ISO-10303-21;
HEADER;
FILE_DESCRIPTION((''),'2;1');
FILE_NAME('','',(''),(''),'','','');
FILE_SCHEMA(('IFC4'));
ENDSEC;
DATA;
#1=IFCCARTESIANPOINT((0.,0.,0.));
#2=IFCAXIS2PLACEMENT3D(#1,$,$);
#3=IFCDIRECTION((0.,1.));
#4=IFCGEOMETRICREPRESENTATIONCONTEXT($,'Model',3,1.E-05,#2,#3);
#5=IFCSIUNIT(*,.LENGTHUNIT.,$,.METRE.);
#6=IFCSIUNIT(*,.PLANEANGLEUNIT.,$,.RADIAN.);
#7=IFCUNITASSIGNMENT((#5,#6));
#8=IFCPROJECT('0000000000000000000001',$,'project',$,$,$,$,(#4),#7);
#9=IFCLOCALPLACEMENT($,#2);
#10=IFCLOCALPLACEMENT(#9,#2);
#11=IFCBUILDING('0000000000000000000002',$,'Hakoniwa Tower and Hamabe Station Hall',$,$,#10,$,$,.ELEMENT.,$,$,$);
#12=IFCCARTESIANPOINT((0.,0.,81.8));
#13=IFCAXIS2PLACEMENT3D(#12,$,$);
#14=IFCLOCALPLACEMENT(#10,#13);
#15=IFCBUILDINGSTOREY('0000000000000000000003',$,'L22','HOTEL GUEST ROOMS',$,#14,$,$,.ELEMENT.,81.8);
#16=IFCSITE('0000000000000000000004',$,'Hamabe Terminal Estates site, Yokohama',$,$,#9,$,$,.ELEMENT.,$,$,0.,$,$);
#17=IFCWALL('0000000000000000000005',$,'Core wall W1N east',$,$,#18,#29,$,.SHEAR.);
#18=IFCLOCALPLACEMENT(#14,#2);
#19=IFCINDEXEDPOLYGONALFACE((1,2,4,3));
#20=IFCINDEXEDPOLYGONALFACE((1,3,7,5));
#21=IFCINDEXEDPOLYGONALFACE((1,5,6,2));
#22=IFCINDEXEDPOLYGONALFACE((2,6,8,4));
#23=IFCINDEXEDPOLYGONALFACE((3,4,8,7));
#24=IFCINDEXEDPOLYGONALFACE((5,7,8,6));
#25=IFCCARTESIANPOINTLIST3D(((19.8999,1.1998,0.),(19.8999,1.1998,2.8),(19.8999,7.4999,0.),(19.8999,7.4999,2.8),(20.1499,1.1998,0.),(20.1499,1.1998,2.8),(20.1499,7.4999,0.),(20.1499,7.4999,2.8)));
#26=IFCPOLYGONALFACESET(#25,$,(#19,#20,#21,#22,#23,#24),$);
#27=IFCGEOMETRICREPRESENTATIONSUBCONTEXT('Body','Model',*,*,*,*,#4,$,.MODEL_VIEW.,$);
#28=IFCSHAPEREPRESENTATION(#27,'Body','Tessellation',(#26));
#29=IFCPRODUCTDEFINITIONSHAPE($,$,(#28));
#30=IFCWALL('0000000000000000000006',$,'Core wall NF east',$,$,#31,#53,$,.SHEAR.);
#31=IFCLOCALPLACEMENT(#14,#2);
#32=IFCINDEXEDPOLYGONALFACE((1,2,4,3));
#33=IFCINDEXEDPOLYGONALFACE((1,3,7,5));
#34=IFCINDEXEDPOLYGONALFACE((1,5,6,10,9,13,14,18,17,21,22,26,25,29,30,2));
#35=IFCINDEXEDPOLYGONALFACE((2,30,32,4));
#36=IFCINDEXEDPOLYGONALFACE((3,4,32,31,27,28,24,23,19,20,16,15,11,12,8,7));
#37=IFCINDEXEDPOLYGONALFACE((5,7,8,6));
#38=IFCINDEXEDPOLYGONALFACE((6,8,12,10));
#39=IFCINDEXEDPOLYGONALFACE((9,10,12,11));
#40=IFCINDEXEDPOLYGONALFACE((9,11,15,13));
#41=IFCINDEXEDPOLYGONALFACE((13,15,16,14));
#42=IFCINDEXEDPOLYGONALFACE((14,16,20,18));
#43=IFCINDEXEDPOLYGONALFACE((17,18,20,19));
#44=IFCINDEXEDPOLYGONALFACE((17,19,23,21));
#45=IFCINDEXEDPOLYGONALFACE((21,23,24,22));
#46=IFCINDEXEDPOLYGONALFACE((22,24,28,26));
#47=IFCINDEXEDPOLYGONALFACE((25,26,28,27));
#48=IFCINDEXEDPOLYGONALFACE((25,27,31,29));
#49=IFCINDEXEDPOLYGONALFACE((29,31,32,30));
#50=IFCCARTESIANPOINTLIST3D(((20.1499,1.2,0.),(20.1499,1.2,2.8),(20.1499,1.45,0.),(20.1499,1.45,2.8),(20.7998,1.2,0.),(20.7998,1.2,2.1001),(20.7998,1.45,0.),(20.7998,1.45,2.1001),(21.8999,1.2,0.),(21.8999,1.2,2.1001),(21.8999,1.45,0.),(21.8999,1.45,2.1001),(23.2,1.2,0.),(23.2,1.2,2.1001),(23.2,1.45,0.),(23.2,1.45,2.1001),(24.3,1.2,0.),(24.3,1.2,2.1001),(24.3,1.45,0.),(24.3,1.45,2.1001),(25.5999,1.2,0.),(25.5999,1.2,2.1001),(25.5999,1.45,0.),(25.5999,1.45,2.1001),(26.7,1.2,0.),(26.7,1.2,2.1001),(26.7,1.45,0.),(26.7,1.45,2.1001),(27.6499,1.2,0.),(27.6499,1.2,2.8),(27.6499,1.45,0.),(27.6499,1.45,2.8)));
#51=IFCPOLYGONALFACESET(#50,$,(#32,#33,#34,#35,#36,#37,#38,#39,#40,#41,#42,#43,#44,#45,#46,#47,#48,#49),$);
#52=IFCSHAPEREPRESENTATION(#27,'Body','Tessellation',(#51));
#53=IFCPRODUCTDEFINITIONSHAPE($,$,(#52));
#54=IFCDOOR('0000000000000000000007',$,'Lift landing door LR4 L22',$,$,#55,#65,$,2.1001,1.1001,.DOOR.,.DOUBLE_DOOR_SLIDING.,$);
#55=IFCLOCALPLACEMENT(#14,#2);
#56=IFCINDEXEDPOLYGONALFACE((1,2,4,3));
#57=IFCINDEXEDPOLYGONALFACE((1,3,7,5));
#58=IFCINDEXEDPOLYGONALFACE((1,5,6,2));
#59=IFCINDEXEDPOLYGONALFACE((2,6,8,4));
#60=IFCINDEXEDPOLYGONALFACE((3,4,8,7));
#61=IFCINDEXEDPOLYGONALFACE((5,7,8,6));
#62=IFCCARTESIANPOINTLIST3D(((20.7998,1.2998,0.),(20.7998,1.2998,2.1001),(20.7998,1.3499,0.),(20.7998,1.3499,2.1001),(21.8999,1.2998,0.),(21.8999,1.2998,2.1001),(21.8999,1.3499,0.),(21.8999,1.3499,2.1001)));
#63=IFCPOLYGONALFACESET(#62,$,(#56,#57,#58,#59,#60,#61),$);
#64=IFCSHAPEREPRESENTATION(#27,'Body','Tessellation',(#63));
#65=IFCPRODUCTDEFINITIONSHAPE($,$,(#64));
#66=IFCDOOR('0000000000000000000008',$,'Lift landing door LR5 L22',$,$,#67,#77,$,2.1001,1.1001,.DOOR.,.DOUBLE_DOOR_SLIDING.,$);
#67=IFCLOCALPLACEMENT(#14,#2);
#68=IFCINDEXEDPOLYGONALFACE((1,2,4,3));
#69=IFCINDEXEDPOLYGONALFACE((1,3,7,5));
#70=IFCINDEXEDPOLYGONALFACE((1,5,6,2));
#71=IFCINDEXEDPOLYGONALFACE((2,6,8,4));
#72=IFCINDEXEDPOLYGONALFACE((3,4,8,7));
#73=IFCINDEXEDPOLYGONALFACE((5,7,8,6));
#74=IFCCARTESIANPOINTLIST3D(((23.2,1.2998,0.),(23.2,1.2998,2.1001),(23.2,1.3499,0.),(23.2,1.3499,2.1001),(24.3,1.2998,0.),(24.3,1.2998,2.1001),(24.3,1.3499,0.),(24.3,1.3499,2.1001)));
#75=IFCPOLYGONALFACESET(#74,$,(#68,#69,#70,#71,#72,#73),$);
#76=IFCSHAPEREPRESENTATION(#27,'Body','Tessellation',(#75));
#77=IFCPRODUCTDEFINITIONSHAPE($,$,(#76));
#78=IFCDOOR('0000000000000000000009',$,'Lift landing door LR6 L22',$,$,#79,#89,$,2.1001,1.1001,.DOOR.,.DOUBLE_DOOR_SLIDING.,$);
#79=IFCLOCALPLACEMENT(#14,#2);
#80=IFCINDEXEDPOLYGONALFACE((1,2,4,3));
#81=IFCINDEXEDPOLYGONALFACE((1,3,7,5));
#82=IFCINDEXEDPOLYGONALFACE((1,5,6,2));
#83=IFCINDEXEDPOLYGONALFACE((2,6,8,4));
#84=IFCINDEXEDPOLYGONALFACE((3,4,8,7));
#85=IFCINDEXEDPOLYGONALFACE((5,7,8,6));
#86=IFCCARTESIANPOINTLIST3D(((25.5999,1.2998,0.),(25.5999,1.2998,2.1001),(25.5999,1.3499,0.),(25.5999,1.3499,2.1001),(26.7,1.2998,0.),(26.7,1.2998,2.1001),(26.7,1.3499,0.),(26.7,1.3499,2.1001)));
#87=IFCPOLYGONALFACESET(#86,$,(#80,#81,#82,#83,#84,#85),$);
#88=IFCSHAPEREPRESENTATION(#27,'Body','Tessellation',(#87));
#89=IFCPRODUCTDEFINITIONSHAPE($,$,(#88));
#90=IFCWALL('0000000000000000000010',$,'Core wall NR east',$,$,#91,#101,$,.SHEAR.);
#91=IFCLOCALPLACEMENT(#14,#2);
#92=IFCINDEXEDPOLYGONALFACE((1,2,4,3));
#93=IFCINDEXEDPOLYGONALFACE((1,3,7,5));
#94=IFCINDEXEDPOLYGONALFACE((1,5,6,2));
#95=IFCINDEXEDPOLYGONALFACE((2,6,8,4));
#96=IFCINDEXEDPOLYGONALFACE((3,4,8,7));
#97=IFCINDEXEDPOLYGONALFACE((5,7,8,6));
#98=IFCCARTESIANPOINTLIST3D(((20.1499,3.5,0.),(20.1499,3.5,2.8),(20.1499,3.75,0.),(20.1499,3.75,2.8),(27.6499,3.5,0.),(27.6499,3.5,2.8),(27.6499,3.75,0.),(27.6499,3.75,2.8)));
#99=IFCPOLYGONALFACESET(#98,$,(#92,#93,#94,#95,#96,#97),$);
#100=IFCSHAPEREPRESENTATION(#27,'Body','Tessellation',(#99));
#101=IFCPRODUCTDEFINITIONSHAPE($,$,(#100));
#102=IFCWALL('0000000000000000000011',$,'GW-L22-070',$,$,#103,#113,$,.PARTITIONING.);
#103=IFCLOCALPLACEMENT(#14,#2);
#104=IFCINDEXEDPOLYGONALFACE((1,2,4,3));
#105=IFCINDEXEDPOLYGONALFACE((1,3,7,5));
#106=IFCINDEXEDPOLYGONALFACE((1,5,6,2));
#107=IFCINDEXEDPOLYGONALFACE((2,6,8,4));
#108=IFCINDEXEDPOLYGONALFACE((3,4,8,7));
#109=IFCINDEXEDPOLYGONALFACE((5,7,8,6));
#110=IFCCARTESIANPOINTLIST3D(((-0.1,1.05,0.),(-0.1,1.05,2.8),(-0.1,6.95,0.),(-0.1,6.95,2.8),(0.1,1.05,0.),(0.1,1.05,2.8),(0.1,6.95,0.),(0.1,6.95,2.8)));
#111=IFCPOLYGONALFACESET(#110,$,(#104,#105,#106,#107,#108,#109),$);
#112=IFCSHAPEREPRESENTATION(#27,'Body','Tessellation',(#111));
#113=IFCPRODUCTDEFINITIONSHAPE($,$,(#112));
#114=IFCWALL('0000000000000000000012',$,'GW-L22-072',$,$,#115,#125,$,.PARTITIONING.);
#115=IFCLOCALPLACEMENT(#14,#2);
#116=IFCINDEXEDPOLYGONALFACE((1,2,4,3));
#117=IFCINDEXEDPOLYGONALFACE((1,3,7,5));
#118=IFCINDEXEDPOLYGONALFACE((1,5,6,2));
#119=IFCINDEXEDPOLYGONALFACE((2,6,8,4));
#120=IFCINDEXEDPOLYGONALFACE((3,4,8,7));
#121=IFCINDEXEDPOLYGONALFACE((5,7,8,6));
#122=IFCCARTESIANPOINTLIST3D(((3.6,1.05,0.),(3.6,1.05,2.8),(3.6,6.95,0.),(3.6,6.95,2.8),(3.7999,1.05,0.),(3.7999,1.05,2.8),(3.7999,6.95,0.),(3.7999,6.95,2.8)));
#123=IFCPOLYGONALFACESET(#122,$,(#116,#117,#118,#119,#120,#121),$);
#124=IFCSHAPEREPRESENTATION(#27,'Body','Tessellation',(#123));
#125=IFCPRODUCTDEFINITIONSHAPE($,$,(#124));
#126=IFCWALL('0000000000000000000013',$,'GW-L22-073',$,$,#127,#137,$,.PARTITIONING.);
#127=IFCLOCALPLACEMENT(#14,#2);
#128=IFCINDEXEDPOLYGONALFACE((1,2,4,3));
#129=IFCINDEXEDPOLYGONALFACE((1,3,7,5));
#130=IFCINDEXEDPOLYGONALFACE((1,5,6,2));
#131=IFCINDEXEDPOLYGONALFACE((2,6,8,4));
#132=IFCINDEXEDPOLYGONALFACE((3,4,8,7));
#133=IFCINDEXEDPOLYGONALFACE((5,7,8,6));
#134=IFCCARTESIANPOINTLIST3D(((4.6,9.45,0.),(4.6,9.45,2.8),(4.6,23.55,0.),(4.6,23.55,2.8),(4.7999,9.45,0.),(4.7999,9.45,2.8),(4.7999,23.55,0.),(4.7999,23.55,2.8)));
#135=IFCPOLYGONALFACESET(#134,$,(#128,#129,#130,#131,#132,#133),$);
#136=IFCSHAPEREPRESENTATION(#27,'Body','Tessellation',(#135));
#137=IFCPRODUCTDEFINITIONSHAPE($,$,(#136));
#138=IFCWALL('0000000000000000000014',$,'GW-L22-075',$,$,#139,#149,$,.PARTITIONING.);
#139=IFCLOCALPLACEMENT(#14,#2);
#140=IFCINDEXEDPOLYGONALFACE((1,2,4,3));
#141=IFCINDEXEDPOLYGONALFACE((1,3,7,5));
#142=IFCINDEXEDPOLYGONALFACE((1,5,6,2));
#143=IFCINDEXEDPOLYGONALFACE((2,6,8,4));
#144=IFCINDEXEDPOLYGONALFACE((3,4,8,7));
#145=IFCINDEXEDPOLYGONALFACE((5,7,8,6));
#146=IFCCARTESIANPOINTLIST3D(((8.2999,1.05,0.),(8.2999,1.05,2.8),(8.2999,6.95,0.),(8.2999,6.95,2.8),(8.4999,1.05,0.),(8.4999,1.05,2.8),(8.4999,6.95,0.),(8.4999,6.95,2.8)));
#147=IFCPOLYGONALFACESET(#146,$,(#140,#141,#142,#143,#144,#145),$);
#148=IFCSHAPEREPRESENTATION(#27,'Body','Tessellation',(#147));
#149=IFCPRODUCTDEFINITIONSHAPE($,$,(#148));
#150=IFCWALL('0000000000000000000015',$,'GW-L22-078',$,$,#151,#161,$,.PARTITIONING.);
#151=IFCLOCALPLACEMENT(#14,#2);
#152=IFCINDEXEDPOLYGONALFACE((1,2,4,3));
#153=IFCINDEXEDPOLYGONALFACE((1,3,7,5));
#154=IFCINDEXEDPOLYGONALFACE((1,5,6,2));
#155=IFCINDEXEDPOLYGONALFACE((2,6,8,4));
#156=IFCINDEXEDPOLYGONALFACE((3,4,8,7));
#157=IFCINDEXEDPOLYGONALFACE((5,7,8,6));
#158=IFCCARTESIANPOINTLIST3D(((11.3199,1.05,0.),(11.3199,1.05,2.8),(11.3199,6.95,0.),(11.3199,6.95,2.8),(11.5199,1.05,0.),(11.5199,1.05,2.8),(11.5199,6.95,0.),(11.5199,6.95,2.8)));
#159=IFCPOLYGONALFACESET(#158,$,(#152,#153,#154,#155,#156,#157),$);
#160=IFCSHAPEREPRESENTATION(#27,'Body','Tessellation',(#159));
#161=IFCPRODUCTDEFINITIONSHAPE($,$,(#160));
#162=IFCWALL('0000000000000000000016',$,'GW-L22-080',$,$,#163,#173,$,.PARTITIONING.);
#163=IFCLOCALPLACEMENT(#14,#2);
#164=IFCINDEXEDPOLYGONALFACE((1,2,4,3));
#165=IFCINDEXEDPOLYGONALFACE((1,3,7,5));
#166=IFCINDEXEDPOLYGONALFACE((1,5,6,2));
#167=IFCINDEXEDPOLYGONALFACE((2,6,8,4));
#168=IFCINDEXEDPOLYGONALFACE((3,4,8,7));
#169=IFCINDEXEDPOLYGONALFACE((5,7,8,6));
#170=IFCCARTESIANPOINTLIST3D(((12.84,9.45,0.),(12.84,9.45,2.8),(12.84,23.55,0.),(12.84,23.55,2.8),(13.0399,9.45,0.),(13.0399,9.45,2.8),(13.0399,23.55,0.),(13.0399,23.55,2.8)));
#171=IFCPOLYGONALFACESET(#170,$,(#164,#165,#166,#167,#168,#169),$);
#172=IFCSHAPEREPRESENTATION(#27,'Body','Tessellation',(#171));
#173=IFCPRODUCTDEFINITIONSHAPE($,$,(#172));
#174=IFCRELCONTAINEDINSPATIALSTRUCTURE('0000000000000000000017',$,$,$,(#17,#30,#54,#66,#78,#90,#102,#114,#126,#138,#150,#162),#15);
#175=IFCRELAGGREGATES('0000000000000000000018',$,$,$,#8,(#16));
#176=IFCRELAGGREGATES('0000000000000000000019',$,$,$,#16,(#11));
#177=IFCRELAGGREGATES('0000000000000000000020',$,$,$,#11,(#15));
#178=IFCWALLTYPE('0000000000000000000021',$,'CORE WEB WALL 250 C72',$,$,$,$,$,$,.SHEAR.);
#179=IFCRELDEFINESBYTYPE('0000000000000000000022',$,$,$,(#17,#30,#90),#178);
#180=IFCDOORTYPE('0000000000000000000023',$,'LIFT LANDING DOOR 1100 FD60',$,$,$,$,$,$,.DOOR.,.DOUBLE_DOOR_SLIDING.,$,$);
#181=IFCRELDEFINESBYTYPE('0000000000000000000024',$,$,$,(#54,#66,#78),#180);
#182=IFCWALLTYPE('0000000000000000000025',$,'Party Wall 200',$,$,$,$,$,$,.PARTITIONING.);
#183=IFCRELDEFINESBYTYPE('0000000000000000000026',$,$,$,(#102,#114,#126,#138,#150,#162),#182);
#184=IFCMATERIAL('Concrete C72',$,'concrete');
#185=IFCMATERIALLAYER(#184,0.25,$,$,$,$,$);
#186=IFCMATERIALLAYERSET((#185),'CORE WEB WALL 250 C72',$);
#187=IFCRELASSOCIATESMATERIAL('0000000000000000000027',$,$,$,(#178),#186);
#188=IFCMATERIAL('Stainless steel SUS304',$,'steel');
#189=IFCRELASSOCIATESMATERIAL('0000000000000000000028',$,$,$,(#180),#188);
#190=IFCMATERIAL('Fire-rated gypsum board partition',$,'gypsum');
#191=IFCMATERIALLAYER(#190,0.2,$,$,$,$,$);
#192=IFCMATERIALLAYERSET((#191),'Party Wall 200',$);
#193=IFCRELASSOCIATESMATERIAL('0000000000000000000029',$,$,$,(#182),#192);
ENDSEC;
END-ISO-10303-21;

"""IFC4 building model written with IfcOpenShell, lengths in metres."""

from ifc_helpers import new_model, si_unit, direction, frame, frame_2d, origin, place, context, subcontext, project, spatial, rectangle, extrude, material, layer, layer_set, type_object, element, fill, save


model = new_model("IFC4")

# Units and contexts
model_context = context("Model", 3, precision=1e-05, world=origin(), true_north=direction((0.0, 1.0)))
body_context = subcontext(model_context, "Body", "Model", "MODEL_VIEW")
ifc_project = project(units=[si_unit("LENGTHUNIT", "METRE"), si_unit("PLANEANGLEUNIT", "RADIAN")], contexts=[model_context])

# Site, building, storey
site_placement = place(None, origin())
site = spatial("IfcSite", under=ifc_project, at=site_placement, Name="Hamabe Terminal Estates site, Yokohama", CompositionType="ELEMENT", RefElevation=0.0)
building_placement = place(site_placement, origin())
building = spatial("IfcBuilding", under=site, at=building_placement, Name="Hakoniwa Tower and Hamabe Station Hall", CompositionType="ELEMENT")
storey_placement = place(building_placement, frame((0.0, 0.0, 81.8)))
storey = spatial("IfcBuildingStorey", under=building, at=storey_placement, Name="L22", Description="HOTEL GUEST ROOMS", CompositionType="ELEMENT", Elevation=81.8)

# Wall
ifc_material_1 = material(Name="Concrete C72", Category="concrete")
ifc_layer_1 = layer(ifc_material_1, 0.25)
ifc_layer_set_1 = layer_set([ifc_layer_1], Name="CORE WEB WALL 250 C72")
wall_type_1 = type_object("IfcWallType", Name="CORE WEB WALL 250 C72", PredefinedType="SHEAR", material=ifc_layer_set_1)
wall_1_placement = place(storey_placement, frame((20.0249, 1.2, 0.0), z_axis=(0.0, 0.0, 1.0), x_axis=(0.0, 1.0, 0.0)))
element("IfcWall", 1, at=wall_1_placement, inside=storey, type_object=wall_type_1, Name="Core wall W1N east", PredefinedType="SHEAR", context=body_context, shape_type="SweptSolid", body=[
    extrude(rectangle(XDim=6.3, YDim=0.25, at=frame_2d((3.1499, 0.0))), origin(), (0.0, 0.0, 1.0), 2.8),
])

# Wall, openings, doors
wall_2_placement = place(storey_placement, frame((20.1499, 1.325, 0.0), z_axis=(0.0, 0.0, 1.0), x_axis=(1.0, 0.0, 0.0)))
wall_2 = element("IfcWall", 2, at=wall_2_placement, inside=storey, type_object=wall_type_1, Name="Core wall NF east", PredefinedType="SHEAR", context=body_context, shape_type="SweptSolid", body=[
    extrude(rectangle(XDim=7.5, YDim=0.25, at=frame_2d((3.75, 0.0))), origin(), (0.0, 0.0, 1.0), 2.8),
])
opening_1_placement = place(wall_2_placement, frame((0.6499, 0.0, 0.0)))
opening_1 = element("IfcOpeningElement", 3, at=opening_1_placement, cuts=wall_2, PredefinedType="OPENING", context=body_context, shape_type="SweptSolid", body=[
    extrude(rectangle(XDim=1.1001, YDim=2.1001, at=frame_2d((0.55, 1.05))), frame((0.0, 0.135, 0.0), z_axis=(0.0, -1.0, 0.0), x_axis=(1.0, 0.0, 0.0)), (0.0, 0.0, 1.0), 0.27),
])
opening_2_placement = place(wall_2_placement, frame((3.05, 0.0, 0.0)))
opening_2 = element("IfcOpeningElement", 4, at=opening_2_placement, cuts=wall_2, PredefinedType="OPENING", context=body_context, shape_type="SweptSolid", body=[
    extrude(rectangle(XDim=1.1001, YDim=2.1001, at=frame_2d((0.55, 1.05))), frame((0.0, 0.135, 0.0), z_axis=(0.0, -1.0, 0.0), x_axis=(1.0, 0.0, 0.0)), (0.0, 0.0, 1.0), 0.27),
])
opening_3_placement = place(wall_2_placement, frame((5.45, 0.0, 0.0)))
opening_3 = element("IfcOpeningElement", 5, at=opening_3_placement, cuts=wall_2, PredefinedType="OPENING", context=body_context, shape_type="SweptSolid", body=[
    extrude(rectangle(XDim=1.1001, YDim=2.1001, at=frame_2d((0.55, 1.05))), frame((0.0, 0.135, 0.0), z_axis=(0.0, -1.0, 0.0), x_axis=(1.0, 0.0, 0.0)), (0.0, 0.0, 1.0), 0.27),
])
ifc_material_2 = material(Name="Stainless steel SUS304", Category="steel")
door_type_1 = type_object("IfcDoorType", Name="LIFT LANDING DOOR 1100 FD60", OperationType="DOUBLE_DOOR_SLIDING", PredefinedType="DOOR", material=ifc_material_2)
door_1_placement = place(opening_1_placement, origin())
door_1 = element("IfcDoor", 6, at=door_1_placement, inside=storey, type_object=door_type_1, Name="Lift landing door LR4 L22", OperationType="DOUBLE_DOOR_SLIDING", OverallHeight=2.1001, OverallWidth=1.1001, PredefinedType="DOOR", context=body_context, shape_type="SweptSolid", body=[
    extrude(rectangle(XDim=1.1001, YDim=2.1001, at=frame_2d((0.55, 1.05))), frame((0.0, 0.0249, 0.0), z_axis=(0.0, -1.0, 0.0), x_axis=(1.0, 0.0, 0.0)), (0.0, 0.0, 1.0), 0.05),
])
fill(opening_1, door_1)
door_2_placement = place(opening_2_placement, origin())
door_2 = element("IfcDoor", 7, at=door_2_placement, inside=storey, type_object=door_type_1, Name="Lift landing door LR5 L22", OperationType="DOUBLE_DOOR_SLIDING", OverallHeight=2.1001, OverallWidth=1.1001, PredefinedType="DOOR", context=body_context, shape_type="SweptSolid", body=[
    extrude(rectangle(XDim=1.1001, YDim=2.1001, at=frame_2d((0.55, 1.05))), frame((0.0, 0.0249, 0.0), z_axis=(0.0, -1.0, 0.0), x_axis=(1.0, 0.0, 0.0)), (0.0, 0.0, 1.0), 0.05),
])
fill(opening_2, door_2)
door_3_placement = place(opening_3_placement, origin())
door_3 = element("IfcDoor", 8, at=door_3_placement, inside=storey, type_object=door_type_1, Name="Lift landing door LR6 L22", OperationType="DOUBLE_DOOR_SLIDING", OverallHeight=2.1001, OverallWidth=1.1001, PredefinedType="DOOR", context=body_context, shape_type="SweptSolid", body=[
    extrude(rectangle(XDim=1.1001, YDim=2.1001, at=frame_2d((0.55, 1.05))), frame((0.0, 0.0249, 0.0), z_axis=(0.0, -1.0, 0.0), x_axis=(1.0, 0.0, 0.0)), (0.0, 0.0, 1.0), 0.05),
])
fill(opening_3, door_3)

# Walls
wall_3_placement = place(storey_placement, frame((20.1499, 3.625, 0.0), z_axis=(0.0, 0.0, 1.0), x_axis=(1.0, 0.0, 0.0)))
element("IfcWall", 9, at=wall_3_placement, inside=storey, type_object=wall_type_1, Name="Core wall NR east", PredefinedType="SHEAR", context=body_context, shape_type="SweptSolid", body=[
    extrude(rectangle(XDim=7.5, YDim=0.25, at=frame_2d((3.75, 0.0))), origin(), (0.0, 0.0, 1.0), 2.8),
])
ifc_material_3 = material(Name="Fire-rated gypsum board partition", Category="gypsum")
ifc_layer_2 = layer(ifc_material_3, 0.2)
ifc_layer_set_2 = layer_set([ifc_layer_2], Name="Party Wall 200")
wall_type_2 = type_object("IfcWallType", Name="Party Wall 200", PredefinedType="PARTITIONING", material=ifc_layer_set_2)
for number, where, z_axis, x_axis, name in (
    (10, (0.0, 1.05, 0.0), (0.0, 0.0, 1.0), (0.0, 1.0, 0.0), "GW-L22-070"),
    (11, (3.7, 1.05, 0.0), (0.0, 0.0, 1.0), (0.0, 1.0, 0.0), "GW-L22-072"),
):
    element("IfcWall", number, at=place(storey_placement, frame(where, z_axis=z_axis, x_axis=x_axis)), inside=storey, type_object=wall_type_2, Name=name, PredefinedType="PARTITIONING", context=body_context, shape_type="SweptSolid", body=[
        extrude(rectangle(XDim=5.8999, YDim=0.2, at=frame_2d((2.95, 0.0))), origin(), (0.0, 0.0, 1.0), 2.8),
    ])
wall_4_placement = place(storey_placement, frame((4.7, 9.45, 0.0), z_axis=(0.0, 0.0, 1.0), x_axis=(0.0, 1.0, 0.0)))
element("IfcWall", 12, at=wall_4_placement, inside=storey, type_object=wall_type_2, Name="GW-L22-073", PredefinedType="PARTITIONING", context=body_context, shape_type="SweptSolid", body=[
    extrude(rectangle(XDim=14.1001, YDim=0.2, at=frame_2d((7.05, 0.0))), origin(), (0.0, 0.0, 1.0), 2.8),
])
for number, where, z_axis, x_axis, name in (
    (13, (8.3999, 1.05, 0.0), (0.0, 0.0, 1.0), (0.0, 1.0, 0.0), "GW-L22-075"),
    (14, (11.4199, 1.05, 0.0), (0.0, 0.0, 1.0), (0.0, 1.0, 0.0), "GW-L22-078"),
):
    element("IfcWall", number, at=place(storey_placement, frame(where, z_axis=z_axis, x_axis=x_axis)), inside=storey, type_object=wall_type_2, Name=name, PredefinedType="PARTITIONING", context=body_context, shape_type="SweptSolid", body=[
        extrude(rectangle(XDim=5.8999, YDim=0.2, at=frame_2d((2.95, 0.0))), origin(), (0.0, 0.0, 1.0), 2.8),
    ])
wall_5_placement = place(storey_placement, frame((12.9399, 9.45, 0.0), z_axis=(0.0, 0.0, 1.0), x_axis=(0.0, 1.0, 0.0)))
element("IfcWall", 15, at=wall_5_placement, inside=storey, type_object=wall_type_2, Name="GW-L22-080", PredefinedType="PARTITIONING", context=body_context, shape_type="SweptSolid", body=[
    extrude(rectangle(XDim=14.1001, YDim=0.2, at=frame_2d((7.05, 0.0))), origin(), (0.0, 0.0, 1.0), 2.8),
])

save(model, "model.ifc")
